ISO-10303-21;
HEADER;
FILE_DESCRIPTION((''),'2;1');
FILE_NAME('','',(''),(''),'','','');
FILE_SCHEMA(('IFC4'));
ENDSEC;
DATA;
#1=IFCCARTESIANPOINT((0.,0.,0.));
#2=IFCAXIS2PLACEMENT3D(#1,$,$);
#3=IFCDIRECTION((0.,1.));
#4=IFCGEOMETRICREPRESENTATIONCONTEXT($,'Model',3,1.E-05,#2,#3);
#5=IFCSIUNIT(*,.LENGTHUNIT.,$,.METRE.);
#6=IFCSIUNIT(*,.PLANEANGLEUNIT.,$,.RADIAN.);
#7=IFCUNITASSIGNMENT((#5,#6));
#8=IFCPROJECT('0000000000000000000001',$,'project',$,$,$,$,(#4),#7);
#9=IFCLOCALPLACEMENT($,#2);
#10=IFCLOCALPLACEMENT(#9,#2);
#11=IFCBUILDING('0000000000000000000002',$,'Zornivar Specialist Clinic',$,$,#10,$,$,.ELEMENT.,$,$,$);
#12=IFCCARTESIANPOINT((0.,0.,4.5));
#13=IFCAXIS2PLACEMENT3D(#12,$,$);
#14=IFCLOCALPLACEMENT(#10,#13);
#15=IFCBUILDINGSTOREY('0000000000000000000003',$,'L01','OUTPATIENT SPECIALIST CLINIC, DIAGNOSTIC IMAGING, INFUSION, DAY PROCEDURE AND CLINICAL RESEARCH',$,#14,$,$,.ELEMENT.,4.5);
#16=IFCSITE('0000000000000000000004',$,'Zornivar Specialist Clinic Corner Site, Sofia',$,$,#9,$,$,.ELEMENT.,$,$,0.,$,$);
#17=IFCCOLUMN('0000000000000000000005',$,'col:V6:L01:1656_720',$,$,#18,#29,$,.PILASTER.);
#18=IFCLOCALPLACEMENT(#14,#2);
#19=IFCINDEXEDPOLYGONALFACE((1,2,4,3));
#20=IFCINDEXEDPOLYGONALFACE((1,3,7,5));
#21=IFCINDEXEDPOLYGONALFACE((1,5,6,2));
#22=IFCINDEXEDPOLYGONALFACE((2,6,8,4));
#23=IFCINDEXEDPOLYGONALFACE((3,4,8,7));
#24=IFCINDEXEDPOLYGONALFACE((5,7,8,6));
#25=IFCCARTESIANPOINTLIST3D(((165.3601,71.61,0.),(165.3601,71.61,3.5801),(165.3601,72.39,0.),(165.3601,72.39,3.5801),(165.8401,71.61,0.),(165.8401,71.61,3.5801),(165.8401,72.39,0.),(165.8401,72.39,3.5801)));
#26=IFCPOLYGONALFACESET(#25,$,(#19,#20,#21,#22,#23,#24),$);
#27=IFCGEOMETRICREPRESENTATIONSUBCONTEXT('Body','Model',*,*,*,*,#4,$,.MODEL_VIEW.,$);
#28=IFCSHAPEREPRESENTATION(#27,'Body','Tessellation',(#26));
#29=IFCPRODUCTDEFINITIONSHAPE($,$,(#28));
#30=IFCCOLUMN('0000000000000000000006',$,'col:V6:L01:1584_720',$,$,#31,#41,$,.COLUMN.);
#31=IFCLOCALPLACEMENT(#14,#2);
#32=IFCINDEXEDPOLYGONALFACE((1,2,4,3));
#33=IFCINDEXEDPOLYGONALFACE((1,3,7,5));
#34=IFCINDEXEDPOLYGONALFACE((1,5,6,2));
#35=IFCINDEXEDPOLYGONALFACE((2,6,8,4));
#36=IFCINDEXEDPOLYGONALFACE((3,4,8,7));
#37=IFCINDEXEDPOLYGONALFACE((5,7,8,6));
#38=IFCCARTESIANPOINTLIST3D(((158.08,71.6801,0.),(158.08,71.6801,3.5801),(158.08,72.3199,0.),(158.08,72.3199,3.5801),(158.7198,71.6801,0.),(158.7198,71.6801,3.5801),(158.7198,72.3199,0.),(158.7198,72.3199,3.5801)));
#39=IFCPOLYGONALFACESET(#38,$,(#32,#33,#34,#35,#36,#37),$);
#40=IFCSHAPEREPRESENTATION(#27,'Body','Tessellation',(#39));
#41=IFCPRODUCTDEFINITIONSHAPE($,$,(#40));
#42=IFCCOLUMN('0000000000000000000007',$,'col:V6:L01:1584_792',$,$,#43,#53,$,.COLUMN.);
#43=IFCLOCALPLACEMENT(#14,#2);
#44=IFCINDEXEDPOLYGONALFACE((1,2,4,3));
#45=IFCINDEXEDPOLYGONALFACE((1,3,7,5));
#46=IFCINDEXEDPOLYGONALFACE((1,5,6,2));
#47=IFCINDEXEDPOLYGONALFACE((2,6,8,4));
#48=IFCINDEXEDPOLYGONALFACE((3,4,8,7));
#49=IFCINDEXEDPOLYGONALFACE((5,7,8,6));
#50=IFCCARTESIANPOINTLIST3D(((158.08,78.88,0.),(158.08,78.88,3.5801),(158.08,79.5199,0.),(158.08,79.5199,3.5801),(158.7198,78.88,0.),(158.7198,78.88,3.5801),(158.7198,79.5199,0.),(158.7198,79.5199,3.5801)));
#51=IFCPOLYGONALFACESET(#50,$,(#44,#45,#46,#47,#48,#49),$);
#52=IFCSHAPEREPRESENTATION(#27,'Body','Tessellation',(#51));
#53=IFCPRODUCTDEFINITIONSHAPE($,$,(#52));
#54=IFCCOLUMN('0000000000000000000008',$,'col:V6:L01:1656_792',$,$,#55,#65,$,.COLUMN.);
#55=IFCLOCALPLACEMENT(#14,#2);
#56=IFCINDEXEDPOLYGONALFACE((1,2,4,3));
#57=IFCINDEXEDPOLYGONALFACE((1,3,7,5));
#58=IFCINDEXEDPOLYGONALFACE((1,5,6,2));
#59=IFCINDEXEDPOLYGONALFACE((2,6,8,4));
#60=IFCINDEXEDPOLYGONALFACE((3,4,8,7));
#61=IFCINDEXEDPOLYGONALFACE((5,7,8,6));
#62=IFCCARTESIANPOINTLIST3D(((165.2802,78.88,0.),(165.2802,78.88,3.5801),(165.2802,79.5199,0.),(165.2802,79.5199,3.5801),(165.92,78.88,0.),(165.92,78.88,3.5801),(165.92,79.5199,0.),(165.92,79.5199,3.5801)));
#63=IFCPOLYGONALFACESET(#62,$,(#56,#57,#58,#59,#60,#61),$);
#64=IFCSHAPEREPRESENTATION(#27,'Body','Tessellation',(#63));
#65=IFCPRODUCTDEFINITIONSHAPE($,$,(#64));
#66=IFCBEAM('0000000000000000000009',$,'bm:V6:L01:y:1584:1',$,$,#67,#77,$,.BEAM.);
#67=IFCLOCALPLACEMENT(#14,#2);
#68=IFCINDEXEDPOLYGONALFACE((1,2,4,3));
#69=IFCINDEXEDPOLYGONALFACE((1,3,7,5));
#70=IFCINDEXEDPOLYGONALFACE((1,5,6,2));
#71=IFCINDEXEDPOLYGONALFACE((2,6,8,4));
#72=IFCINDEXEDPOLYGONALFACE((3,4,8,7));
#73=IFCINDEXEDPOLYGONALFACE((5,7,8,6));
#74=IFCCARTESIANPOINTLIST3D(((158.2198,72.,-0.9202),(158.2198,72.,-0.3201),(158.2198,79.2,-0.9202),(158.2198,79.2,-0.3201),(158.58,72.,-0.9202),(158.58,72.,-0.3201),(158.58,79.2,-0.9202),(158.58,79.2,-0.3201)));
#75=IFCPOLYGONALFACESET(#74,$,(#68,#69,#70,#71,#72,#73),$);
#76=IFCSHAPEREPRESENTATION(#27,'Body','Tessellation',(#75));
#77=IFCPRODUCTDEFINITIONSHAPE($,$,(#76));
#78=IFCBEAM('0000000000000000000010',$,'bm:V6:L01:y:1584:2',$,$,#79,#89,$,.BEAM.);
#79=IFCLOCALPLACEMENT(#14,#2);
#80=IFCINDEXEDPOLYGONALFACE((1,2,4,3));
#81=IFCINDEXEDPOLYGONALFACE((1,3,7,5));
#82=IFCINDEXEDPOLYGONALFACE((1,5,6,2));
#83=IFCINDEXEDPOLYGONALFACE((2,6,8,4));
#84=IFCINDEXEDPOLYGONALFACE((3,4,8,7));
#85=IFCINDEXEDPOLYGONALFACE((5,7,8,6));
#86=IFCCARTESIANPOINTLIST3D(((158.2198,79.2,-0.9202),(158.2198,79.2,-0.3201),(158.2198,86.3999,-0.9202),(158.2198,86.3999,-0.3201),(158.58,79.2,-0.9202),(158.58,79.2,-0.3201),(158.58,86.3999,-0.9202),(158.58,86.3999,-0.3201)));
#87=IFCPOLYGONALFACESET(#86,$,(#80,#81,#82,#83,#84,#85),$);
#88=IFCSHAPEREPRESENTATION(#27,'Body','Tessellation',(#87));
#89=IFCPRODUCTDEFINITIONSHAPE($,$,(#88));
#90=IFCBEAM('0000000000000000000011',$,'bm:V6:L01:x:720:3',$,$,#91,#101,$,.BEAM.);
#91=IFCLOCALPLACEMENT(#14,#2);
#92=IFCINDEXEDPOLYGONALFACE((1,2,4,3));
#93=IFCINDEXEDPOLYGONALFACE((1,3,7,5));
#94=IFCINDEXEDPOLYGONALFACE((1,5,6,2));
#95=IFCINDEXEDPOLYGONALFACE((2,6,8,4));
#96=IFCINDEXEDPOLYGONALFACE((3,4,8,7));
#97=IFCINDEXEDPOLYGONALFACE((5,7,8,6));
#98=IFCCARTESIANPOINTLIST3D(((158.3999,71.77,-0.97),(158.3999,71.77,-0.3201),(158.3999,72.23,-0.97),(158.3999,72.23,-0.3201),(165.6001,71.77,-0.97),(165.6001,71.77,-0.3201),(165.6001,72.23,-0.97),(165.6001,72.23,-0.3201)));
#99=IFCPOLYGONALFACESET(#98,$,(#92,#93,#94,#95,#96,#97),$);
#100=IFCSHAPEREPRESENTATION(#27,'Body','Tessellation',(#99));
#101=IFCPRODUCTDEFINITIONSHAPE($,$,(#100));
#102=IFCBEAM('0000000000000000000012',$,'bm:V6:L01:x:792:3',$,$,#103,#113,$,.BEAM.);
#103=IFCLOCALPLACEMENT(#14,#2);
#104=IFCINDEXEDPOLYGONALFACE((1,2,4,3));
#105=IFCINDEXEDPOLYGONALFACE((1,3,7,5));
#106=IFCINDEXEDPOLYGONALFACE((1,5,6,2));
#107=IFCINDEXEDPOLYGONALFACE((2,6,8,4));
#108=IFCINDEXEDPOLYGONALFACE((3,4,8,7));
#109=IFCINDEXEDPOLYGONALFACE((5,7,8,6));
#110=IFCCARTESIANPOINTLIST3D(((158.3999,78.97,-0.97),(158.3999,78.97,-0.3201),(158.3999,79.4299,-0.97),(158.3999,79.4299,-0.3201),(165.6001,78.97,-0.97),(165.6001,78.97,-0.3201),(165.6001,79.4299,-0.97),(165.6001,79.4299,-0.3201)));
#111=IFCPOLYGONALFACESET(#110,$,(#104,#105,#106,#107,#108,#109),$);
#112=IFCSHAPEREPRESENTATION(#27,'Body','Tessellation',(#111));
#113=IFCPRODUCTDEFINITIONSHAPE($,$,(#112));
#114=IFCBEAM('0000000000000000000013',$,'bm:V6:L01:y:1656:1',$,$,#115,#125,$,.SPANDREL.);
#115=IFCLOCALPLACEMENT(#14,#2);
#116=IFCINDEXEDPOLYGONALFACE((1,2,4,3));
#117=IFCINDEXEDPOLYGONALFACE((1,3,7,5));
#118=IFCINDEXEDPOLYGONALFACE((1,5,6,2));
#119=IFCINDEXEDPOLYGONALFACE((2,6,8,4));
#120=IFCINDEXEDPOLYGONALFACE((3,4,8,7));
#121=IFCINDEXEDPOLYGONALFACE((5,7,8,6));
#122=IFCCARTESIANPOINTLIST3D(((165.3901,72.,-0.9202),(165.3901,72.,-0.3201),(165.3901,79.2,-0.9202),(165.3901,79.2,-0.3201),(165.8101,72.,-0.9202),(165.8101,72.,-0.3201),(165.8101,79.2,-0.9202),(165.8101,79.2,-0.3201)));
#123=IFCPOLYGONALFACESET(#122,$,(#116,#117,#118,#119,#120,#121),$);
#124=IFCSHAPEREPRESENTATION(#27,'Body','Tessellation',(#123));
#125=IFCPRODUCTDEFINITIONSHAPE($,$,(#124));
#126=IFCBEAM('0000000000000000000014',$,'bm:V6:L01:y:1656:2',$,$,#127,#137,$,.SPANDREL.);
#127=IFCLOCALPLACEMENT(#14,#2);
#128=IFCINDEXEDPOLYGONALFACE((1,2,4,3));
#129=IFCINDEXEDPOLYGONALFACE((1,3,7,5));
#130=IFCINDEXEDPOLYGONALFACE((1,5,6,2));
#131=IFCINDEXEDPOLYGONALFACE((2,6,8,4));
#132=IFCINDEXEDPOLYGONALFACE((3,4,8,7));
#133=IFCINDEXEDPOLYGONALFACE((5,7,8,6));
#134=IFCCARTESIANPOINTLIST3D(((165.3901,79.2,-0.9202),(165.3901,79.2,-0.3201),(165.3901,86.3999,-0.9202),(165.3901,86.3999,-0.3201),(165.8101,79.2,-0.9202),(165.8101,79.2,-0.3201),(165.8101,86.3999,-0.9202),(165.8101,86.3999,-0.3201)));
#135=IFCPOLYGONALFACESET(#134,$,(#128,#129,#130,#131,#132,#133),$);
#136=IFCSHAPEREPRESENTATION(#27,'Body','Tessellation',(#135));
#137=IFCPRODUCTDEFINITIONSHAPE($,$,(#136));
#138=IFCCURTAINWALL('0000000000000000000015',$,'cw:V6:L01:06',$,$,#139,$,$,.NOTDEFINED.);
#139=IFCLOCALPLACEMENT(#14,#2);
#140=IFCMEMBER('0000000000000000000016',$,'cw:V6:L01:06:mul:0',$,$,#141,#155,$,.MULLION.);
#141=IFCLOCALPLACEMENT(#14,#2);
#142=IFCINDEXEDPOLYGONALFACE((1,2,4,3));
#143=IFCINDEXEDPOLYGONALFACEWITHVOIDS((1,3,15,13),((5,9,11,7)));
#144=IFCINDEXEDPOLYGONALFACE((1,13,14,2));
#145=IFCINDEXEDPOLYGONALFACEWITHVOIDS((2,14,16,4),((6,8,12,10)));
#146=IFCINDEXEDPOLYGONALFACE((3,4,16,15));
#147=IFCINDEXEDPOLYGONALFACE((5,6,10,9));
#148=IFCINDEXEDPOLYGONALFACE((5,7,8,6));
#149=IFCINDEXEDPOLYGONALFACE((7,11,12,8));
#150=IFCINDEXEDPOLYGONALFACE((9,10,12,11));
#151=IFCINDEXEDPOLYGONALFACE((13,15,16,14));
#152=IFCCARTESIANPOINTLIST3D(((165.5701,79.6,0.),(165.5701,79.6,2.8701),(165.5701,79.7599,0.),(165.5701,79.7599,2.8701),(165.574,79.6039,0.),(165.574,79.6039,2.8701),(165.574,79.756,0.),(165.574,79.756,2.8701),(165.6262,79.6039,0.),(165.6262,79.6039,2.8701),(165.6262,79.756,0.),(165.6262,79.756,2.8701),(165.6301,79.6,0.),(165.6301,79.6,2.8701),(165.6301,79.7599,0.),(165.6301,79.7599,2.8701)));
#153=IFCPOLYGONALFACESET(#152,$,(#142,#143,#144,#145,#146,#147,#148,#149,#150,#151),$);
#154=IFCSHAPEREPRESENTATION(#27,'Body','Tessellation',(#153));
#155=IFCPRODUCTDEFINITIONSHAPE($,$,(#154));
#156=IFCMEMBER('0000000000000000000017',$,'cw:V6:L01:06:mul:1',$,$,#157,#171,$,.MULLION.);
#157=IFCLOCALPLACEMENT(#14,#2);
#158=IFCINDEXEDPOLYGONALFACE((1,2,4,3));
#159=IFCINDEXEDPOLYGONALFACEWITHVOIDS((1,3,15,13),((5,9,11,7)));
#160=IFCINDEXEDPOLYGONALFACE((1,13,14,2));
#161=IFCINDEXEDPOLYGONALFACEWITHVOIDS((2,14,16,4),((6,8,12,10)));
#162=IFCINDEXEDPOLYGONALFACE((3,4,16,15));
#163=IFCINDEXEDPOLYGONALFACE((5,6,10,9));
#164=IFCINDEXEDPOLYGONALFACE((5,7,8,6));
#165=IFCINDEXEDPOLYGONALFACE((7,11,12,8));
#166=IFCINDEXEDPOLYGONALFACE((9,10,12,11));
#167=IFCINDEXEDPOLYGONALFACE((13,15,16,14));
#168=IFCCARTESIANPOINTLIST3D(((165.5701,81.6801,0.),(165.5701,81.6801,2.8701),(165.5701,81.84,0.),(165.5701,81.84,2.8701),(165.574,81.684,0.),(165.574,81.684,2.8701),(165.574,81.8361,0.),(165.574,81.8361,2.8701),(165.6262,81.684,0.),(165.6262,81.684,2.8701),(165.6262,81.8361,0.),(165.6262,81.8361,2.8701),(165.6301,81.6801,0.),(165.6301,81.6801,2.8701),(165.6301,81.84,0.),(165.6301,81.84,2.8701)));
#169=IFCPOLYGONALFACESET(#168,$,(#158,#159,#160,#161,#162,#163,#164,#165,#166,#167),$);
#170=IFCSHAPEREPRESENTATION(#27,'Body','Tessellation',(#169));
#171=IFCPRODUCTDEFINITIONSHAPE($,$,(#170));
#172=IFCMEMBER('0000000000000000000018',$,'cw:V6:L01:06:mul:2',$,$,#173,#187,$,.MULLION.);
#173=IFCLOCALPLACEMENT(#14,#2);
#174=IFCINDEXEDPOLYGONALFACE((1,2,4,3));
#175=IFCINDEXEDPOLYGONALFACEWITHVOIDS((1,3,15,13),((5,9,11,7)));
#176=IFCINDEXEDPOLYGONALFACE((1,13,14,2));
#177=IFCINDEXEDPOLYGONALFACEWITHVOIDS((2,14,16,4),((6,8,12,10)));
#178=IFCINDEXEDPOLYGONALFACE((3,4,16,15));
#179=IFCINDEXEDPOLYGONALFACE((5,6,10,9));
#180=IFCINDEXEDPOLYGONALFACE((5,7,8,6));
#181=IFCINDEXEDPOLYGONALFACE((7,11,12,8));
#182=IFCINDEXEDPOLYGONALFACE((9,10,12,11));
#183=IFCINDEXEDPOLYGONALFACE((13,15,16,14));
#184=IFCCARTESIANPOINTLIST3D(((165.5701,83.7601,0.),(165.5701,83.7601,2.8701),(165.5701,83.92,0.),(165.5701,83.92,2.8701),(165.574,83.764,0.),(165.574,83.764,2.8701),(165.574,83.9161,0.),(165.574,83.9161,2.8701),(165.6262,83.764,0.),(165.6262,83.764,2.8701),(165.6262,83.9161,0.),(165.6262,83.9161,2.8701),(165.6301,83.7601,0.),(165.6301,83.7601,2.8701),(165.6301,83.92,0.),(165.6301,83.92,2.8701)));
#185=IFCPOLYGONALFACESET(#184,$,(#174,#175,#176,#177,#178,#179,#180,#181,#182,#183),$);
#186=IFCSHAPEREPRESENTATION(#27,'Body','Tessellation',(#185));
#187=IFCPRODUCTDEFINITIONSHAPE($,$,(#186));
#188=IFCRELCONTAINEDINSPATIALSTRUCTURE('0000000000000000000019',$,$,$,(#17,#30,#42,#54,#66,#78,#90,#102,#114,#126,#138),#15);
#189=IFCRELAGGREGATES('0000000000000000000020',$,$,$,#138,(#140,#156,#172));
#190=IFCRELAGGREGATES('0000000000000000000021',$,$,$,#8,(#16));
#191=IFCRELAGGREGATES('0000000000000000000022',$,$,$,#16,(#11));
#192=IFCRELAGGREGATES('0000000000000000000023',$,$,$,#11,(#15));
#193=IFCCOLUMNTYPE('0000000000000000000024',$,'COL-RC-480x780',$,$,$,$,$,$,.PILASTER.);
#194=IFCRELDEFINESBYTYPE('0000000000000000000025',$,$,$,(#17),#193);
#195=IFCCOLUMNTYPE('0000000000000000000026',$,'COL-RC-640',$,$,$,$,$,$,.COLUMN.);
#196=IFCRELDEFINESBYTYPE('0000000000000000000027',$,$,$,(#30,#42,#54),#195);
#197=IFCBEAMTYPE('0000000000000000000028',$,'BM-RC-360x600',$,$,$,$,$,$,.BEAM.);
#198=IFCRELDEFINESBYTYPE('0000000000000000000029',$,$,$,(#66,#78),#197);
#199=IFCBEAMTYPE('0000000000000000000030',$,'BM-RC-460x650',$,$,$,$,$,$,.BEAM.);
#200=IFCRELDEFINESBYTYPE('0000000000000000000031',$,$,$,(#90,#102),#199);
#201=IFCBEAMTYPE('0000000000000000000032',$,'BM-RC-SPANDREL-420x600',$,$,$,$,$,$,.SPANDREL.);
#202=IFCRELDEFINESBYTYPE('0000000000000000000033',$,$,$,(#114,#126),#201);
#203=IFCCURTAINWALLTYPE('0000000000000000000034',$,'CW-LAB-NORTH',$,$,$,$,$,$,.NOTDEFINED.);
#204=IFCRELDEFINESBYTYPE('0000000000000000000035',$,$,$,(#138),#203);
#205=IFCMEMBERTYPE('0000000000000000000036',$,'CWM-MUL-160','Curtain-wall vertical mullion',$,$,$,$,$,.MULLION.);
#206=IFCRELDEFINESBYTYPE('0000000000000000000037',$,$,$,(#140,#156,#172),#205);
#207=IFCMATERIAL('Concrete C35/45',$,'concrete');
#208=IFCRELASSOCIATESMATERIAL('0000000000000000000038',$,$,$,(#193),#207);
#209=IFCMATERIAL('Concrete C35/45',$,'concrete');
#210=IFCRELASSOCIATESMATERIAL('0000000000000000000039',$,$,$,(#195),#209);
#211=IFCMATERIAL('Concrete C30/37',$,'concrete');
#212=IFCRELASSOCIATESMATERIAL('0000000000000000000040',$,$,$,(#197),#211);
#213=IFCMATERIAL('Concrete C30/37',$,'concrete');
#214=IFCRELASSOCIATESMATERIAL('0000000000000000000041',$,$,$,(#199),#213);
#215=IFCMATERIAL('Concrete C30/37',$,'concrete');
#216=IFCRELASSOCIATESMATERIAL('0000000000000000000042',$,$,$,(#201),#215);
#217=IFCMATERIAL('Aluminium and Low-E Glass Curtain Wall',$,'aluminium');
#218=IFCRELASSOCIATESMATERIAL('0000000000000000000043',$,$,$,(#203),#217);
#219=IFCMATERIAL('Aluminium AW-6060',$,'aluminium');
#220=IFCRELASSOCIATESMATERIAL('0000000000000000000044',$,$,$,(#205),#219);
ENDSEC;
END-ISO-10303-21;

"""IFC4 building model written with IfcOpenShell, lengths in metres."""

from ifc_helpers import new_model, si_unit, direction, frame, origin, origin_2d, place, context, subcontext, project, spatial, rectangle, hollow_rectangle, extrude, material, material_profile, profile_set, type_object, element, aggregate, save


model = new_model("IFC4")

# Units and contexts
model_context = context("Model", 3, precision=1e-05, world=origin(), true_north=direction((0.0, 1.0)))
body_context = subcontext(model_context, "Body", "Model", "MODEL_VIEW")
ifc_project = project(units=[si_unit("LENGTHUNIT", "METRE"), si_unit("PLANEANGLEUNIT", "RADIAN")], contexts=[model_context])

# Site, building, storey
site_placement = place(None, origin())
site = spatial("IfcSite", under=ifc_project, at=site_placement, Name="Zornivar Specialist Clinic Corner Site, Sofia", CompositionType="ELEMENT", RefElevation=0.0)
building_placement = place(site_placement, origin())
building = spatial("IfcBuilding", under=site, at=building_placement, Name="Zornivar Specialist Clinic", CompositionType="ELEMENT")
storey_placement = place(building_placement, frame((0.0, 0.0, 4.5)))
storey = spatial("IfcBuildingStorey", under=building, at=storey_placement, Name="L01", Description="OUTPATIENT SPECIALIST CLINIC, DIAGNOSTIC IMAGING, INFUSION, DAY PROCEDURE AND CLINICAL RESEARCH", CompositionType="ELEMENT", Elevation=4.5)

# Columns
ifc_material_1 = material(Name="Concrete C35/45", Category="concrete")
ifc_material_profile_1 = material_profile(ifc_material_1, rectangle(XDim=0.48, YDim=0.78, at=origin_2d()), Name="RC 480x780")
ifc_profile_set_1 = profile_set([ifc_material_profile_1], Name="Concrete C35/45")
column_type_1 = type_object("IfcColumnType", Name="COL-RC-480x780", PredefinedType="PILASTER", material=ifc_profile_set_1)
column_placement = place(storey_placement, frame((165.6001, 72.0, 0.0), z_axis=(0.0, 0.0, 1.0), x_axis=(1.0, 0.0, 0.0)))
element("IfcColumn", 1, at=column_placement, inside=storey, type_object=column_type_1, Name="col:V6:L01:1656_720", PredefinedType="PILASTER", context=body_context, shape_type="SweptSolid", body=[
    extrude(rectangle(XDim=0.48, YDim=0.78, at=origin_2d()), origin(), (0.0, 0.0, 1.0), 3.5801),
])
ifc_material_2 = material(Name="Concrete C35/45", Category="concrete")
ifc_material_profile_2 = material_profile(ifc_material_2, rectangle(XDim=0.6399, YDim=0.6399, at=origin_2d()), Name="RC 640x640")
ifc_profile_set_2 = profile_set([ifc_material_profile_2], Name="Concrete C35/45")
column_type_2 = type_object("IfcColumnType", Name="COL-RC-640", PredefinedType="COLUMN", material=ifc_profile_set_2)
for number, where, z_axis, x_axis, name in (
    (2, (158.3999, 72.0, 0.0), (0.0, 0.0, 1.0), (1.0, 0.0, 0.0), "col:V6:L01:1584_720"),
    (3, (158.3999, 79.2, 0.0), (0.0, 0.0, 1.0), (1.0, 0.0, 0.0), "col:V6:L01:1584_792"),
    (4, (165.6001, 79.2, 0.0), (0.0, 0.0, 1.0), (1.0, 0.0, 0.0), "col:V6:L01:1656_792"),
):
    element("IfcColumn", number, at=place(storey_placement, frame(where, z_axis=z_axis, x_axis=x_axis)), inside=storey, type_object=column_type_2, Name=name, PredefinedType="COLUMN", context=body_context, shape_type="SweptSolid", body=[
        extrude(rectangle(XDim=0.6399, YDim=0.6399, at=origin_2d()), origin(), (0.0, 0.0, 1.0), 3.5801),
    ])

# Beams
ifc_material_3 = material(Name="Concrete C30/37", Category="concrete")
ifc_material_profile_3 = material_profile(ifc_material_3, rectangle(XDim=0.3601, YDim=0.6001, at=origin_2d()), Name="RC 360x600")
ifc_profile_set_3 = profile_set([ifc_material_profile_3], Name="Concrete C30/37")
beam_type_1 = type_object("IfcBeamType", Name="BM-RC-360x600", PredefinedType="BEAM", material=ifc_profile_set_3)
for number, where, z_axis, x_axis, name in (
    (5, (158.3999, 72.0, -0.6201), (0.0, 1.0, 0.0), (-1.0, 0.0, 0.0), "bm:V6:L01:y:1584:1"),
    (6, (158.3999, 79.2, -0.6201), (0.0, 1.0, 0.0), (-1.0, 0.0, 0.0), "bm:V6:L01:y:1584:2"),
):
    element("IfcBeam", number, at=place(storey_placement, frame(where, z_axis=z_axis, x_axis=x_axis)), inside=storey, type_object=beam_type_1, Name=name, PredefinedType="BEAM", context=body_context, shape_type="SweptSolid", body=[
        extrude(rectangle(XDim=0.3601, YDim=0.6001, at=origin_2d()), origin(), (0.0, 0.0, 1.0), 7.2),
    ])
ifc_material_4 = material(Name="Concrete C30/37", Category="concrete")
ifc_material_profile_4 = material_profile(ifc_material_4, rectangle(XDim=0.46, YDim=0.6499, at=origin_2d()), Name="RC 460x650")
ifc_profile_set_4 = profile_set([ifc_material_profile_4], Name="Concrete C30/37")
beam_type_2 = type_object("IfcBeamType", Name="BM-RC-460x650", PredefinedType="BEAM", material=ifc_profile_set_4)
for number, where, z_axis, x_axis, name in (
    (7, (158.3999, 72.0, -0.645), (1.0, 0.0, 0.0), (0.0, 1.0, 0.0), "bm:V6:L01:x:720:3"),
    (8, (158.3999, 79.2, -0.645), (1.0, 0.0, 0.0), (0.0, 1.0, 0.0), "bm:V6:L01:x:792:3"),
):
    element("IfcBeam", number, at=place(storey_placement, frame(where, z_axis=z_axis, x_axis=x_axis)), inside=storey, type_object=beam_type_2, Name=name, PredefinedType="BEAM", context=body_context, shape_type="SweptSolid", body=[
        extrude(rectangle(XDim=0.46, YDim=0.6499, at=origin_2d()), origin(), (0.0, 0.0, 1.0), 7.2002),
    ])
ifc_material_5 = material(Name="Concrete C30/37", Category="concrete")
ifc_material_profile_5 = material_profile(ifc_material_5, rectangle(XDim=0.4199, YDim=0.6001, at=origin_2d()), Name="RC 420x600")
ifc_profile_set_5 = profile_set([ifc_material_profile_5], Name="Concrete C30/37")
beam_type_3 = type_object("IfcBeamType", Name="BM-RC-SPANDREL-420x600", PredefinedType="SPANDREL", material=ifc_profile_set_5)
for number, where, z_axis, x_axis, name in (
    (9, (165.6001, 72.0, -0.6201), (0.0, 1.0, 0.0), (-1.0, 0.0, 0.0), "bm:V6:L01:y:1656:1"),
    (10, (165.6001, 79.2, -0.6201), (0.0, 1.0, 0.0), (-1.0, 0.0, 0.0), "bm:V6:L01:y:1656:2"),
):
    element("IfcBeam", number, at=place(storey_placement, frame(where, z_axis=z_axis, x_axis=x_axis)), inside=storey, type_object=beam_type_3, Name=name, PredefinedType="SPANDREL", context=body_context, shape_type="SweptSolid", body=[
        extrude(rectangle(XDim=0.4199, YDim=0.6001, at=origin_2d()), origin(), (0.0, 0.0, 1.0), 7.2),
    ])

# Curtain wall, members
ifc_material_6 = material(Name="Aluminium and Low-E Glass Curtain Wall", Category="aluminium")
curtain_wall_type = type_object("IfcCurtainWallType", Name="CW-LAB-NORTH", PredefinedType="NOTDEFINED", material=ifc_material_6)
curtain_wall_placement = place(storey_placement, origin())
curtain_wall = element("IfcCurtainWall", 11, at=curtain_wall_placement, inside=storey, type_object=curtain_wall_type, Name="cw:V6:L01:06", PredefinedType="NOTDEFINED")
ifc_material_7 = material(Name="Aluminium AW-6060", Category="aluminium")
ifc_material_profile_6 = material_profile(ifc_material_7, hollow_rectangle(XDim=0.0601, YDim=0.1599, WallThickness=0.0039, at=origin_2d()), Name="ALU 60x160x4")
ifc_profile_set_6 = profile_set([ifc_material_profile_6], Name="Aluminium AW-6060")
member_type_1 = type_object("IfcMemberType", Name="CWM-MUL-160", Description="Curtain-wall vertical mullion", PredefinedType="MULLION", material=ifc_profile_set_6)
member_1_placement = place(storey_placement, frame((165.6001, 79.6799, 0.0), z_axis=(0.0, 0.0, 1.0), x_axis=(1.0, 0.0, 0.0)))
member_1 = element("IfcMember", 12, at=member_1_placement, type_object=member_type_1, Name="cw:V6:L01:06:mul:0", PredefinedType="MULLION", context=body_context, shape_type="SweptSolid", body=[
    extrude(hollow_rectangle(XDim=0.0601, YDim=0.1599, WallThickness=0.0039, at=origin_2d()), origin(), (0.0, 0.0, 1.0), 2.8701),
])
member_2_placement = place(storey_placement, frame((165.6001, 81.76, 0.0), z_axis=(0.0, 0.0, 1.0), x_axis=(1.0, 0.0, 0.0)))
member_2 = element("IfcMember", 13, at=member_2_placement, type_object=member_type_1, Name="cw:V6:L01:06:mul:1", PredefinedType="MULLION", context=body_context, shape_type="SweptSolid", body=[
    extrude(hollow_rectangle(XDim=0.0601, YDim=0.1599, WallThickness=0.0039, at=origin_2d()), origin(), (0.0, 0.0, 1.0), 2.8701),
])
member_3_placement = place(storey_placement, frame((165.6001, 83.8401, 0.0), z_axis=(0.0, 0.0, 1.0), x_axis=(1.0, 0.0, 0.0)))
member_3 = element("IfcMember", 14, at=member_3_placement, type_object=member_type_1, Name="cw:V6:L01:06:mul:2", PredefinedType="MULLION", context=body_context, shape_type="SweptSolid", body=[
    extrude(hollow_rectangle(XDim=0.0601, YDim=0.1599, WallThickness=0.0039, at=origin_2d()), origin(), (0.0, 0.0, 1.0), 2.8701),
])
aggregate(curtain_wall, [member_1, member_2, member_3])

save(model, "model.ifc")
